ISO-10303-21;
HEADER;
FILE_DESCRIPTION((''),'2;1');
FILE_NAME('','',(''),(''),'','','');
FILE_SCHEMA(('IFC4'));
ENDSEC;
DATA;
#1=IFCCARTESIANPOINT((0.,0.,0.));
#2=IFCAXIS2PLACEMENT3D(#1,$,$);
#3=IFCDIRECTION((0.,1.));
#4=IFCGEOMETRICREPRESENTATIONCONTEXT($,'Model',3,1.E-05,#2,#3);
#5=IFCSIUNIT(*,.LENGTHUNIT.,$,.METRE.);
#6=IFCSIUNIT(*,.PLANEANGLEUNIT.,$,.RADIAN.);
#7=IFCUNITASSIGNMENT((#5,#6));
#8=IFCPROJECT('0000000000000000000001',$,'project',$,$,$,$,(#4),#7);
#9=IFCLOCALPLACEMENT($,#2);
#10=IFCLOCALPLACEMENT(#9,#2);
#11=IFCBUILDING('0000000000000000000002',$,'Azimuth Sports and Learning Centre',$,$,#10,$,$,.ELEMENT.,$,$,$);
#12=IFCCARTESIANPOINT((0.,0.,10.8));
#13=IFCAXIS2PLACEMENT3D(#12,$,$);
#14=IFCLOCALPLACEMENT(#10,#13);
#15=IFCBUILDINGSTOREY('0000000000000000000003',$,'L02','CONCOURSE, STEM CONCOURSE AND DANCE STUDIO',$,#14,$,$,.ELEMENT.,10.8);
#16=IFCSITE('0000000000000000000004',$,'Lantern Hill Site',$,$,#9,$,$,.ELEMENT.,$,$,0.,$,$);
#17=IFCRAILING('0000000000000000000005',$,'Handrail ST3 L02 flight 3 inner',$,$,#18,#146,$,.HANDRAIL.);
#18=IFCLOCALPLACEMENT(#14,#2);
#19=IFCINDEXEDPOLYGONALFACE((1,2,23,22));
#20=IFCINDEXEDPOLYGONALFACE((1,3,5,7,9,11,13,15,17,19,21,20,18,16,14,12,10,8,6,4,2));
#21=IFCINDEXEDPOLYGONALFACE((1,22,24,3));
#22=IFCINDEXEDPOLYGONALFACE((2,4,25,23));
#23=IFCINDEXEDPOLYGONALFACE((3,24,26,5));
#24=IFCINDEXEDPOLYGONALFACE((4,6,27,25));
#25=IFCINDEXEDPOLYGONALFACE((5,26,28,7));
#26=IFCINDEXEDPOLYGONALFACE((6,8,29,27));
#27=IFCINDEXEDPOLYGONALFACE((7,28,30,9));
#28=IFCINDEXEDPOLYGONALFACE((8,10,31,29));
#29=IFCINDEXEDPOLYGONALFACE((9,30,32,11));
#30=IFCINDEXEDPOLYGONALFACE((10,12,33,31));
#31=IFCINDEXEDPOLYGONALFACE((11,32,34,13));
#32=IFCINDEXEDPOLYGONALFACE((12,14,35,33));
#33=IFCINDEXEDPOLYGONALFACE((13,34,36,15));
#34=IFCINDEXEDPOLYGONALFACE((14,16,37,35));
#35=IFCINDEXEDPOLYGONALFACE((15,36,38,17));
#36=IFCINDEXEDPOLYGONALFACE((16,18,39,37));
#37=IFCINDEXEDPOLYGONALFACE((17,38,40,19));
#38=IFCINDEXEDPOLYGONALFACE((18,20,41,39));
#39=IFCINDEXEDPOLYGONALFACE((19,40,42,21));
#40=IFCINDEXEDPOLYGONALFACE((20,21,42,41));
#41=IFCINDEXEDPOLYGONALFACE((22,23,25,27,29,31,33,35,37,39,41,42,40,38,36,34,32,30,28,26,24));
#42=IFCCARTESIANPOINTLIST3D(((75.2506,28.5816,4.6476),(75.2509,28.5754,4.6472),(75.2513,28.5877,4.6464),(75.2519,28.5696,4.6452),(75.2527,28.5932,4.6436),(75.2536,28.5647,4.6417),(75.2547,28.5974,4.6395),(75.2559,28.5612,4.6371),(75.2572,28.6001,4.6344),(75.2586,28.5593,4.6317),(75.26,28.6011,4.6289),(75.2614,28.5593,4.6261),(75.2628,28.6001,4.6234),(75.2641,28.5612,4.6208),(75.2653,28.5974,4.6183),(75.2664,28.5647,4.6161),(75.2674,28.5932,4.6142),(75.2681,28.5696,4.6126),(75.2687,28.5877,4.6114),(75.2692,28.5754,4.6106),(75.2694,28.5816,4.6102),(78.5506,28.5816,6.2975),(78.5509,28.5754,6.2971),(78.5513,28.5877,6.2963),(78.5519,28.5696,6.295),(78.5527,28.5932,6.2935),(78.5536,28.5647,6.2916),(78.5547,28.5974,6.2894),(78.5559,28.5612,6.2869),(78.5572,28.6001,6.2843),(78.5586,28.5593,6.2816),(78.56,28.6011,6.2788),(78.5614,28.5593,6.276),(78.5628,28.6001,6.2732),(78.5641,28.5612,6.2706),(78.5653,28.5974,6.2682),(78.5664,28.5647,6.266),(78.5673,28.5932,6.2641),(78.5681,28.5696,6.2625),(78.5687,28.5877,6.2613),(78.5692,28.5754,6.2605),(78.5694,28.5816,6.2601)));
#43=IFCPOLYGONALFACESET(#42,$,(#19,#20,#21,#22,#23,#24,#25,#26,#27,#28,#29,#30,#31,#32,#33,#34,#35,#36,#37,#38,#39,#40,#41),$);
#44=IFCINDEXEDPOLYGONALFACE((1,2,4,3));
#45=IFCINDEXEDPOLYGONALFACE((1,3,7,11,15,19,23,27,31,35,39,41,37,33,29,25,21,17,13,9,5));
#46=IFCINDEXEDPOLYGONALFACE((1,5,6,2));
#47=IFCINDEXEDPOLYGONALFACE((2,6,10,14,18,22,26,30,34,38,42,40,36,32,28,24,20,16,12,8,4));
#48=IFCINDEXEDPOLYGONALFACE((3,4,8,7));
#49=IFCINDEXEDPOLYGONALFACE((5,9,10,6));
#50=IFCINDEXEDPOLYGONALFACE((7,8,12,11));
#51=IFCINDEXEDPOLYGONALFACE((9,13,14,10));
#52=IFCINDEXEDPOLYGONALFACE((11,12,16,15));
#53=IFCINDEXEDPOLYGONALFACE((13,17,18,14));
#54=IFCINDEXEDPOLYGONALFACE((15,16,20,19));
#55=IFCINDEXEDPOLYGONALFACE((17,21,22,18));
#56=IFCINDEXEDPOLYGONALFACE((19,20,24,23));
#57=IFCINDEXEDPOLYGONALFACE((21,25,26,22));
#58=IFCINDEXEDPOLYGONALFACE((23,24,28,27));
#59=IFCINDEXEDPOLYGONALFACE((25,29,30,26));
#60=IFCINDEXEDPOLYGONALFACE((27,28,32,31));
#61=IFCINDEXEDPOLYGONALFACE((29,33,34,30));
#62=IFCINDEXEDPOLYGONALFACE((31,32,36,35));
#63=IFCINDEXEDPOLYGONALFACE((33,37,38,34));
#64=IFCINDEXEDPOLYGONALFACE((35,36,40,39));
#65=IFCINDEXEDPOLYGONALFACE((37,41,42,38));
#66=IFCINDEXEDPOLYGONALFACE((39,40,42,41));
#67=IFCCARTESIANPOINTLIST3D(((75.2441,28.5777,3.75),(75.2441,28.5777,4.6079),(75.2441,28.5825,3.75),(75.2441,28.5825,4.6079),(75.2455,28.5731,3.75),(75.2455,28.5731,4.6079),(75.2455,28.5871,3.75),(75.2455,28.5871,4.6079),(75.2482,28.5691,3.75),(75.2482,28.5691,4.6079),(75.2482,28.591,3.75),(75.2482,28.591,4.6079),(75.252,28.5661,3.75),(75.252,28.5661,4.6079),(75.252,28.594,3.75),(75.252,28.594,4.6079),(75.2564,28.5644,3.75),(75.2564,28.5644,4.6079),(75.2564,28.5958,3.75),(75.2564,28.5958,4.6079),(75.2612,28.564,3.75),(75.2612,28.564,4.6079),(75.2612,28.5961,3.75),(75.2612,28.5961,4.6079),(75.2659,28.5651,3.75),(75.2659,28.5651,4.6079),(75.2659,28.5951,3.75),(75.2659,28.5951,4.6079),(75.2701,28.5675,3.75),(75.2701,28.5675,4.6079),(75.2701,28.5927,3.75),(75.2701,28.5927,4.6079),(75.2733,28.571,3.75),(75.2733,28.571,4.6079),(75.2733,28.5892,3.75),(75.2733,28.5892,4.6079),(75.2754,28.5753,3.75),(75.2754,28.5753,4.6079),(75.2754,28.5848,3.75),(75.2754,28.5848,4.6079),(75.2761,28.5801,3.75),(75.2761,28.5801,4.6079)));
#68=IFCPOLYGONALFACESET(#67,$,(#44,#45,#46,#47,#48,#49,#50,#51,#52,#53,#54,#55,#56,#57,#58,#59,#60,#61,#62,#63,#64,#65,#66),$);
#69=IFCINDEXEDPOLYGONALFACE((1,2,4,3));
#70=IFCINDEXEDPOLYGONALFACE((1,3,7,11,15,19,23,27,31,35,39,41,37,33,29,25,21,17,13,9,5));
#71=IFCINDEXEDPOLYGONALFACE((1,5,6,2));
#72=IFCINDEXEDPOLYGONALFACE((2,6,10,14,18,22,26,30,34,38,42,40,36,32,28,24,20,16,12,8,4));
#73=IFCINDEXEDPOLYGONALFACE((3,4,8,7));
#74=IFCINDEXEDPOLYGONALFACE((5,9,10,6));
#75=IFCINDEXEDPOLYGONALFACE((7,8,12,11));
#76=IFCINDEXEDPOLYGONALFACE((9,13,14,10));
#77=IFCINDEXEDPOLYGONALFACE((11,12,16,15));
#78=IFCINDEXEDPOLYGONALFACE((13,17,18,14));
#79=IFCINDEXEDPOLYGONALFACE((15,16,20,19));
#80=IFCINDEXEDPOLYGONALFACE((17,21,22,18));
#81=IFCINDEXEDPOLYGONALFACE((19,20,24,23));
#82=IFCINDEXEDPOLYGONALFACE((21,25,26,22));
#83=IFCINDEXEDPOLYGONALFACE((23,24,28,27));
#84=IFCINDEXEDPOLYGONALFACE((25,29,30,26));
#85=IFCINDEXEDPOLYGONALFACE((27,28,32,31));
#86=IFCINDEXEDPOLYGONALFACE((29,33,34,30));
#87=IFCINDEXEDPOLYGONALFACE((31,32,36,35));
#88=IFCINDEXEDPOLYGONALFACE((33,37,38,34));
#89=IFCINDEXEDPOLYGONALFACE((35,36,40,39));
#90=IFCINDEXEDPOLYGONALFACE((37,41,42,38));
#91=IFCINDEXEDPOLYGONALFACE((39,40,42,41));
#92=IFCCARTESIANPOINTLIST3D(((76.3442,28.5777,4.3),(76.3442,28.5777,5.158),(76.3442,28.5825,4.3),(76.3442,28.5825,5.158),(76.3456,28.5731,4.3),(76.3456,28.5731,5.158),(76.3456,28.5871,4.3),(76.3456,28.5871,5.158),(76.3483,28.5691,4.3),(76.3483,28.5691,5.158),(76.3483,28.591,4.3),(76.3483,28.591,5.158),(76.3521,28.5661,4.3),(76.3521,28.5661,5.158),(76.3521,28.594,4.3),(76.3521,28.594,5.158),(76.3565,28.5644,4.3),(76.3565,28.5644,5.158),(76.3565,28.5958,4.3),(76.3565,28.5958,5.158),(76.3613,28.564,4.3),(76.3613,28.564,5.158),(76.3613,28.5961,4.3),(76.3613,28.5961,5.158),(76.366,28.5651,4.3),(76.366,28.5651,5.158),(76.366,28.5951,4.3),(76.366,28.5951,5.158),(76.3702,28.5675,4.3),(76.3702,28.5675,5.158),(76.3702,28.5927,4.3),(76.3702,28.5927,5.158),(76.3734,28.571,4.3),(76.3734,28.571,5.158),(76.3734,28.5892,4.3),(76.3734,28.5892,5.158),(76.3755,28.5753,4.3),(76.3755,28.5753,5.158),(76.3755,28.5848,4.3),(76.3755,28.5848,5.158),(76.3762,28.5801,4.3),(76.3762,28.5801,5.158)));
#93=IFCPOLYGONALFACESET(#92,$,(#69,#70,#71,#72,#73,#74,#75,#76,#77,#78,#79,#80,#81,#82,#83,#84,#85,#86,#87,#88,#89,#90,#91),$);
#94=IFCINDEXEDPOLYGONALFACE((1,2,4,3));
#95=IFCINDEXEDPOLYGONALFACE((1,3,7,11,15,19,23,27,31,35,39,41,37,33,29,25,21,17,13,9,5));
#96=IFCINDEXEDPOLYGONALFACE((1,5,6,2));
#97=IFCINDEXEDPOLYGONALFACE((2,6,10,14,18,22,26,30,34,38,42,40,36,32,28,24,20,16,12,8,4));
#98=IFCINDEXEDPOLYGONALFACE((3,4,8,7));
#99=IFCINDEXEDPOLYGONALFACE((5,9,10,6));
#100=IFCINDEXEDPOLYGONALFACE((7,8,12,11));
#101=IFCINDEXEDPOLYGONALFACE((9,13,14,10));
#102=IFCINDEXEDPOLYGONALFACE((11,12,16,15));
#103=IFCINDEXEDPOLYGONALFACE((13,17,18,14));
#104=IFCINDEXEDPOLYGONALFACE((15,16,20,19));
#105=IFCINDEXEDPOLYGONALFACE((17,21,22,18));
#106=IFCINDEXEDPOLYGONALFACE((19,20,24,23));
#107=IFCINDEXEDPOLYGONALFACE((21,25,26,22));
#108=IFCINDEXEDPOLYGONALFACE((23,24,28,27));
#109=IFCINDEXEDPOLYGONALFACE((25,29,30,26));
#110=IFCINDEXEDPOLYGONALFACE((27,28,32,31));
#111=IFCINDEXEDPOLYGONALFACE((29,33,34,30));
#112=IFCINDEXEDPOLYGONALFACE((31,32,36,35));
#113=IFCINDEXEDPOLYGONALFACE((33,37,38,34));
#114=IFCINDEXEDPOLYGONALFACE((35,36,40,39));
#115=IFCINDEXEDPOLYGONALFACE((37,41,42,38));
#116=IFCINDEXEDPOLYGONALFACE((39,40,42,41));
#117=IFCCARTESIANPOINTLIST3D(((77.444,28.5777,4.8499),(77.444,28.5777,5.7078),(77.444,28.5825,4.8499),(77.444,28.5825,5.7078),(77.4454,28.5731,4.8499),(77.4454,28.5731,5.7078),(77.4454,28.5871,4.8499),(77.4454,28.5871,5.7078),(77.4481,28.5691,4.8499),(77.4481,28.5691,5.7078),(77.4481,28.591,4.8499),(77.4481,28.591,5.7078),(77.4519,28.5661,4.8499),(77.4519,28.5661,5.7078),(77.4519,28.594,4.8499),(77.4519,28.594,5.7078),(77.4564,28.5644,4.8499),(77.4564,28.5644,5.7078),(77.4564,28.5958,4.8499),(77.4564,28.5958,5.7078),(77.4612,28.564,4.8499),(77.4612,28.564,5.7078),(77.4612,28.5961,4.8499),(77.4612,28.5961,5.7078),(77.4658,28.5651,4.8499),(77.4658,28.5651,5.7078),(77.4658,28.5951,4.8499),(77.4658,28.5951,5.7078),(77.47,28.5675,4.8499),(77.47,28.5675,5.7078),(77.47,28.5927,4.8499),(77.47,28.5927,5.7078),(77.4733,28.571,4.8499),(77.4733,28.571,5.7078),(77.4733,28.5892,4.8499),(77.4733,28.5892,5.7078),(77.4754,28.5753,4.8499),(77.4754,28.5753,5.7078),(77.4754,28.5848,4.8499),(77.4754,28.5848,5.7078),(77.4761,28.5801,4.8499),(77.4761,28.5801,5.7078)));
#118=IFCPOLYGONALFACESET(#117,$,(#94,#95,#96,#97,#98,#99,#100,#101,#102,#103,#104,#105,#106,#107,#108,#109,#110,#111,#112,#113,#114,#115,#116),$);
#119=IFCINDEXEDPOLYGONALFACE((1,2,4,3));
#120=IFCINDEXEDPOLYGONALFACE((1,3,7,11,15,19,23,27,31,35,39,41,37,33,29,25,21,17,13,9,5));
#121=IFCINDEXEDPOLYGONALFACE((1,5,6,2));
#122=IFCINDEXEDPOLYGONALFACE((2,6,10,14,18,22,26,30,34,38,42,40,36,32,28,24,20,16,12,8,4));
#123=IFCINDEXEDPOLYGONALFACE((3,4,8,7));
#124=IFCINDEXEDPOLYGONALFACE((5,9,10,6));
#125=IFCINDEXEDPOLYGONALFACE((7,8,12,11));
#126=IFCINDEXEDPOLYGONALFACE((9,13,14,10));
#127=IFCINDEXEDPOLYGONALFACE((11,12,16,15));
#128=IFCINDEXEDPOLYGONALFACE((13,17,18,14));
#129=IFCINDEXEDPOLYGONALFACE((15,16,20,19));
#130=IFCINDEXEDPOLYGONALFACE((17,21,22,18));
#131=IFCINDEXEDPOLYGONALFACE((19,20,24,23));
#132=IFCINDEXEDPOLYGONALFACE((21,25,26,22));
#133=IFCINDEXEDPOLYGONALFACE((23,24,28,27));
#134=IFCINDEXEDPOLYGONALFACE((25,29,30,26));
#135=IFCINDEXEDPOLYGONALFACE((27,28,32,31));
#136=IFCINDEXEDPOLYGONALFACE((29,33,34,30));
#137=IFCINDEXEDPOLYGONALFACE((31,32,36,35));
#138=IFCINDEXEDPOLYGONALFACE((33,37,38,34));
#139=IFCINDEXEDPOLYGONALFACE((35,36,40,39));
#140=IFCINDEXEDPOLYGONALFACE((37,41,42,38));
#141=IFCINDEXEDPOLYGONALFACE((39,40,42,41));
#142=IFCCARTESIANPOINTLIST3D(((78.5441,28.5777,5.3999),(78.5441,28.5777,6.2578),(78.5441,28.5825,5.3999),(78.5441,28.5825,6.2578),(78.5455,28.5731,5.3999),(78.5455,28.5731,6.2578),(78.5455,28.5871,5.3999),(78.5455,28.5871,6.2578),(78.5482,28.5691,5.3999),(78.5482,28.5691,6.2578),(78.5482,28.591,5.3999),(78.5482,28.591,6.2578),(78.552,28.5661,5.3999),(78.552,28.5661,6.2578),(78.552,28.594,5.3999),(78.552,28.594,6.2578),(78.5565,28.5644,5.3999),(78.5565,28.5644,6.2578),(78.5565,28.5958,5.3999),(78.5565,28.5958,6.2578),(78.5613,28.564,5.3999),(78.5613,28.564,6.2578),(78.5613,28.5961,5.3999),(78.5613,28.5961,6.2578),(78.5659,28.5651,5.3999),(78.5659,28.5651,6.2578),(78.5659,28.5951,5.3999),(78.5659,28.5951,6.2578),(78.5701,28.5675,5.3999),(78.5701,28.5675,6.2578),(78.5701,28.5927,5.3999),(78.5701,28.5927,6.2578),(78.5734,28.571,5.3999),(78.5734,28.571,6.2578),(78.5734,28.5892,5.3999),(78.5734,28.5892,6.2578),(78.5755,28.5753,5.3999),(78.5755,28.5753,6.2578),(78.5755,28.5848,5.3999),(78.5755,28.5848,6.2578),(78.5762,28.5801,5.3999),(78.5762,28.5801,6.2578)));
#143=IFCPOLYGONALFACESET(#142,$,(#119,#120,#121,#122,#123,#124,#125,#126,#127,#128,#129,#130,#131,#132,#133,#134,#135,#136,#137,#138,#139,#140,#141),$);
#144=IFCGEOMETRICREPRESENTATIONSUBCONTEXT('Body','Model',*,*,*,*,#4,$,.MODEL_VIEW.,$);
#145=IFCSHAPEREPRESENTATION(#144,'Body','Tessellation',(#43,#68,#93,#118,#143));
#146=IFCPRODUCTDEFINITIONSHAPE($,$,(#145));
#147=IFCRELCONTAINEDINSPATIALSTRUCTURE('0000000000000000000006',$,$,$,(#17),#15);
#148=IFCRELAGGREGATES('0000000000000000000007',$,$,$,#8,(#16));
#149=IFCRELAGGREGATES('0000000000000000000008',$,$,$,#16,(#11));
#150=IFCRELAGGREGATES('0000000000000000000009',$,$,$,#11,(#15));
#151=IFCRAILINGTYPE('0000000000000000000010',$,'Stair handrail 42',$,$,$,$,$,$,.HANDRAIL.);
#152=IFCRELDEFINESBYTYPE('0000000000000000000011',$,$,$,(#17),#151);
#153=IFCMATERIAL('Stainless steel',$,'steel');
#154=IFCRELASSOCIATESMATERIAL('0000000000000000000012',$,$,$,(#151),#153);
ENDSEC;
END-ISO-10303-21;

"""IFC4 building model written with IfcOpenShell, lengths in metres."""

from ifc_helpers import new_model, si_unit, direction, frame, origin, origin_2d, place, context, subcontext, project, spatial, circle, extrude, material, type_object, element, save


model = new_model("IFC4")

# Units and contexts
model_context = context("Model", 3, precision=1e-05, world=origin(), true_north=direction((0.0, 1.0)))
body_context = subcontext(model_context, "Body", "Model", "MODEL_VIEW")
ifc_project = project(units=[si_unit("LENGTHUNIT", "METRE"), si_unit("PLANEANGLEUNIT", "RADIAN")], contexts=[model_context])

# Site, building, storey
site_placement = place(None, origin())
site = spatial("IfcSite", under=ifc_project, at=site_placement, Name="Lantern Hill Site", CompositionType="ELEMENT", RefElevation=0.0)
building_placement = place(site_placement, origin())
building = spatial("IfcBuilding", under=site, at=building_placement, Name="Azimuth Sports and Learning Centre", CompositionType="ELEMENT")
storey_placement = place(building_placement, frame((0.0, 0.0, 10.8)))
storey = spatial("IfcBuildingStorey", under=building, at=storey_placement, Name="L02", Description="CONCOURSE, STEM CONCOURSE AND DANCE STUDIO", CompositionType="ELEMENT", Elevation=10.8)

# Railing
ifc_material_1 = material(Name="Stainless steel", Category="steel")
railing_type_1 = type_object("IfcRailingType", Name="Stair handrail 42", PredefinedType="HANDRAIL", material=ifc_material_1)
railing_1_placement = place(storey_placement, frame((75.26, 28.5801, 3.75)))
element("IfcRailing", 1, at=railing_1_placement, inside=storey, type_object=railing_type_1, Name="Handrail ST3 L02 flight 3 inner", PredefinedType="HANDRAIL", context=body_context, shape_type="SweptSolid", body=[
    extrude(circle(Radius=0.021, at=origin_2d()), frame((0.0, 0.0, 0.8789), z_axis=(0.89444, 0.0, 0.447187), x_axis=(0.0, 1.0, 0.0)), (0.0, 0.0, 1.0), 3.6895),
    extrude(circle(Radius=0.0161, at=origin_2d()), origin(), (0.0, 0.0, 1.0), 0.8579),
    extrude(circle(Radius=0.0161, at=origin_2d()), frame((1.1001, 0.0, 0.55)), (0.0, 0.0, 1.0), 0.8579),
    extrude(circle(Radius=0.0161, at=origin_2d()), frame((2.2, 0.0, 1.0999)), (0.0, 0.0, 1.0), 0.8579),
    extrude(circle(Radius=0.0161, at=origin_2d()), frame((3.3, 0.0, 1.6499)), (0.0, 0.0, 1.0), 0.8579),
])

save(model, "model.ifc")
